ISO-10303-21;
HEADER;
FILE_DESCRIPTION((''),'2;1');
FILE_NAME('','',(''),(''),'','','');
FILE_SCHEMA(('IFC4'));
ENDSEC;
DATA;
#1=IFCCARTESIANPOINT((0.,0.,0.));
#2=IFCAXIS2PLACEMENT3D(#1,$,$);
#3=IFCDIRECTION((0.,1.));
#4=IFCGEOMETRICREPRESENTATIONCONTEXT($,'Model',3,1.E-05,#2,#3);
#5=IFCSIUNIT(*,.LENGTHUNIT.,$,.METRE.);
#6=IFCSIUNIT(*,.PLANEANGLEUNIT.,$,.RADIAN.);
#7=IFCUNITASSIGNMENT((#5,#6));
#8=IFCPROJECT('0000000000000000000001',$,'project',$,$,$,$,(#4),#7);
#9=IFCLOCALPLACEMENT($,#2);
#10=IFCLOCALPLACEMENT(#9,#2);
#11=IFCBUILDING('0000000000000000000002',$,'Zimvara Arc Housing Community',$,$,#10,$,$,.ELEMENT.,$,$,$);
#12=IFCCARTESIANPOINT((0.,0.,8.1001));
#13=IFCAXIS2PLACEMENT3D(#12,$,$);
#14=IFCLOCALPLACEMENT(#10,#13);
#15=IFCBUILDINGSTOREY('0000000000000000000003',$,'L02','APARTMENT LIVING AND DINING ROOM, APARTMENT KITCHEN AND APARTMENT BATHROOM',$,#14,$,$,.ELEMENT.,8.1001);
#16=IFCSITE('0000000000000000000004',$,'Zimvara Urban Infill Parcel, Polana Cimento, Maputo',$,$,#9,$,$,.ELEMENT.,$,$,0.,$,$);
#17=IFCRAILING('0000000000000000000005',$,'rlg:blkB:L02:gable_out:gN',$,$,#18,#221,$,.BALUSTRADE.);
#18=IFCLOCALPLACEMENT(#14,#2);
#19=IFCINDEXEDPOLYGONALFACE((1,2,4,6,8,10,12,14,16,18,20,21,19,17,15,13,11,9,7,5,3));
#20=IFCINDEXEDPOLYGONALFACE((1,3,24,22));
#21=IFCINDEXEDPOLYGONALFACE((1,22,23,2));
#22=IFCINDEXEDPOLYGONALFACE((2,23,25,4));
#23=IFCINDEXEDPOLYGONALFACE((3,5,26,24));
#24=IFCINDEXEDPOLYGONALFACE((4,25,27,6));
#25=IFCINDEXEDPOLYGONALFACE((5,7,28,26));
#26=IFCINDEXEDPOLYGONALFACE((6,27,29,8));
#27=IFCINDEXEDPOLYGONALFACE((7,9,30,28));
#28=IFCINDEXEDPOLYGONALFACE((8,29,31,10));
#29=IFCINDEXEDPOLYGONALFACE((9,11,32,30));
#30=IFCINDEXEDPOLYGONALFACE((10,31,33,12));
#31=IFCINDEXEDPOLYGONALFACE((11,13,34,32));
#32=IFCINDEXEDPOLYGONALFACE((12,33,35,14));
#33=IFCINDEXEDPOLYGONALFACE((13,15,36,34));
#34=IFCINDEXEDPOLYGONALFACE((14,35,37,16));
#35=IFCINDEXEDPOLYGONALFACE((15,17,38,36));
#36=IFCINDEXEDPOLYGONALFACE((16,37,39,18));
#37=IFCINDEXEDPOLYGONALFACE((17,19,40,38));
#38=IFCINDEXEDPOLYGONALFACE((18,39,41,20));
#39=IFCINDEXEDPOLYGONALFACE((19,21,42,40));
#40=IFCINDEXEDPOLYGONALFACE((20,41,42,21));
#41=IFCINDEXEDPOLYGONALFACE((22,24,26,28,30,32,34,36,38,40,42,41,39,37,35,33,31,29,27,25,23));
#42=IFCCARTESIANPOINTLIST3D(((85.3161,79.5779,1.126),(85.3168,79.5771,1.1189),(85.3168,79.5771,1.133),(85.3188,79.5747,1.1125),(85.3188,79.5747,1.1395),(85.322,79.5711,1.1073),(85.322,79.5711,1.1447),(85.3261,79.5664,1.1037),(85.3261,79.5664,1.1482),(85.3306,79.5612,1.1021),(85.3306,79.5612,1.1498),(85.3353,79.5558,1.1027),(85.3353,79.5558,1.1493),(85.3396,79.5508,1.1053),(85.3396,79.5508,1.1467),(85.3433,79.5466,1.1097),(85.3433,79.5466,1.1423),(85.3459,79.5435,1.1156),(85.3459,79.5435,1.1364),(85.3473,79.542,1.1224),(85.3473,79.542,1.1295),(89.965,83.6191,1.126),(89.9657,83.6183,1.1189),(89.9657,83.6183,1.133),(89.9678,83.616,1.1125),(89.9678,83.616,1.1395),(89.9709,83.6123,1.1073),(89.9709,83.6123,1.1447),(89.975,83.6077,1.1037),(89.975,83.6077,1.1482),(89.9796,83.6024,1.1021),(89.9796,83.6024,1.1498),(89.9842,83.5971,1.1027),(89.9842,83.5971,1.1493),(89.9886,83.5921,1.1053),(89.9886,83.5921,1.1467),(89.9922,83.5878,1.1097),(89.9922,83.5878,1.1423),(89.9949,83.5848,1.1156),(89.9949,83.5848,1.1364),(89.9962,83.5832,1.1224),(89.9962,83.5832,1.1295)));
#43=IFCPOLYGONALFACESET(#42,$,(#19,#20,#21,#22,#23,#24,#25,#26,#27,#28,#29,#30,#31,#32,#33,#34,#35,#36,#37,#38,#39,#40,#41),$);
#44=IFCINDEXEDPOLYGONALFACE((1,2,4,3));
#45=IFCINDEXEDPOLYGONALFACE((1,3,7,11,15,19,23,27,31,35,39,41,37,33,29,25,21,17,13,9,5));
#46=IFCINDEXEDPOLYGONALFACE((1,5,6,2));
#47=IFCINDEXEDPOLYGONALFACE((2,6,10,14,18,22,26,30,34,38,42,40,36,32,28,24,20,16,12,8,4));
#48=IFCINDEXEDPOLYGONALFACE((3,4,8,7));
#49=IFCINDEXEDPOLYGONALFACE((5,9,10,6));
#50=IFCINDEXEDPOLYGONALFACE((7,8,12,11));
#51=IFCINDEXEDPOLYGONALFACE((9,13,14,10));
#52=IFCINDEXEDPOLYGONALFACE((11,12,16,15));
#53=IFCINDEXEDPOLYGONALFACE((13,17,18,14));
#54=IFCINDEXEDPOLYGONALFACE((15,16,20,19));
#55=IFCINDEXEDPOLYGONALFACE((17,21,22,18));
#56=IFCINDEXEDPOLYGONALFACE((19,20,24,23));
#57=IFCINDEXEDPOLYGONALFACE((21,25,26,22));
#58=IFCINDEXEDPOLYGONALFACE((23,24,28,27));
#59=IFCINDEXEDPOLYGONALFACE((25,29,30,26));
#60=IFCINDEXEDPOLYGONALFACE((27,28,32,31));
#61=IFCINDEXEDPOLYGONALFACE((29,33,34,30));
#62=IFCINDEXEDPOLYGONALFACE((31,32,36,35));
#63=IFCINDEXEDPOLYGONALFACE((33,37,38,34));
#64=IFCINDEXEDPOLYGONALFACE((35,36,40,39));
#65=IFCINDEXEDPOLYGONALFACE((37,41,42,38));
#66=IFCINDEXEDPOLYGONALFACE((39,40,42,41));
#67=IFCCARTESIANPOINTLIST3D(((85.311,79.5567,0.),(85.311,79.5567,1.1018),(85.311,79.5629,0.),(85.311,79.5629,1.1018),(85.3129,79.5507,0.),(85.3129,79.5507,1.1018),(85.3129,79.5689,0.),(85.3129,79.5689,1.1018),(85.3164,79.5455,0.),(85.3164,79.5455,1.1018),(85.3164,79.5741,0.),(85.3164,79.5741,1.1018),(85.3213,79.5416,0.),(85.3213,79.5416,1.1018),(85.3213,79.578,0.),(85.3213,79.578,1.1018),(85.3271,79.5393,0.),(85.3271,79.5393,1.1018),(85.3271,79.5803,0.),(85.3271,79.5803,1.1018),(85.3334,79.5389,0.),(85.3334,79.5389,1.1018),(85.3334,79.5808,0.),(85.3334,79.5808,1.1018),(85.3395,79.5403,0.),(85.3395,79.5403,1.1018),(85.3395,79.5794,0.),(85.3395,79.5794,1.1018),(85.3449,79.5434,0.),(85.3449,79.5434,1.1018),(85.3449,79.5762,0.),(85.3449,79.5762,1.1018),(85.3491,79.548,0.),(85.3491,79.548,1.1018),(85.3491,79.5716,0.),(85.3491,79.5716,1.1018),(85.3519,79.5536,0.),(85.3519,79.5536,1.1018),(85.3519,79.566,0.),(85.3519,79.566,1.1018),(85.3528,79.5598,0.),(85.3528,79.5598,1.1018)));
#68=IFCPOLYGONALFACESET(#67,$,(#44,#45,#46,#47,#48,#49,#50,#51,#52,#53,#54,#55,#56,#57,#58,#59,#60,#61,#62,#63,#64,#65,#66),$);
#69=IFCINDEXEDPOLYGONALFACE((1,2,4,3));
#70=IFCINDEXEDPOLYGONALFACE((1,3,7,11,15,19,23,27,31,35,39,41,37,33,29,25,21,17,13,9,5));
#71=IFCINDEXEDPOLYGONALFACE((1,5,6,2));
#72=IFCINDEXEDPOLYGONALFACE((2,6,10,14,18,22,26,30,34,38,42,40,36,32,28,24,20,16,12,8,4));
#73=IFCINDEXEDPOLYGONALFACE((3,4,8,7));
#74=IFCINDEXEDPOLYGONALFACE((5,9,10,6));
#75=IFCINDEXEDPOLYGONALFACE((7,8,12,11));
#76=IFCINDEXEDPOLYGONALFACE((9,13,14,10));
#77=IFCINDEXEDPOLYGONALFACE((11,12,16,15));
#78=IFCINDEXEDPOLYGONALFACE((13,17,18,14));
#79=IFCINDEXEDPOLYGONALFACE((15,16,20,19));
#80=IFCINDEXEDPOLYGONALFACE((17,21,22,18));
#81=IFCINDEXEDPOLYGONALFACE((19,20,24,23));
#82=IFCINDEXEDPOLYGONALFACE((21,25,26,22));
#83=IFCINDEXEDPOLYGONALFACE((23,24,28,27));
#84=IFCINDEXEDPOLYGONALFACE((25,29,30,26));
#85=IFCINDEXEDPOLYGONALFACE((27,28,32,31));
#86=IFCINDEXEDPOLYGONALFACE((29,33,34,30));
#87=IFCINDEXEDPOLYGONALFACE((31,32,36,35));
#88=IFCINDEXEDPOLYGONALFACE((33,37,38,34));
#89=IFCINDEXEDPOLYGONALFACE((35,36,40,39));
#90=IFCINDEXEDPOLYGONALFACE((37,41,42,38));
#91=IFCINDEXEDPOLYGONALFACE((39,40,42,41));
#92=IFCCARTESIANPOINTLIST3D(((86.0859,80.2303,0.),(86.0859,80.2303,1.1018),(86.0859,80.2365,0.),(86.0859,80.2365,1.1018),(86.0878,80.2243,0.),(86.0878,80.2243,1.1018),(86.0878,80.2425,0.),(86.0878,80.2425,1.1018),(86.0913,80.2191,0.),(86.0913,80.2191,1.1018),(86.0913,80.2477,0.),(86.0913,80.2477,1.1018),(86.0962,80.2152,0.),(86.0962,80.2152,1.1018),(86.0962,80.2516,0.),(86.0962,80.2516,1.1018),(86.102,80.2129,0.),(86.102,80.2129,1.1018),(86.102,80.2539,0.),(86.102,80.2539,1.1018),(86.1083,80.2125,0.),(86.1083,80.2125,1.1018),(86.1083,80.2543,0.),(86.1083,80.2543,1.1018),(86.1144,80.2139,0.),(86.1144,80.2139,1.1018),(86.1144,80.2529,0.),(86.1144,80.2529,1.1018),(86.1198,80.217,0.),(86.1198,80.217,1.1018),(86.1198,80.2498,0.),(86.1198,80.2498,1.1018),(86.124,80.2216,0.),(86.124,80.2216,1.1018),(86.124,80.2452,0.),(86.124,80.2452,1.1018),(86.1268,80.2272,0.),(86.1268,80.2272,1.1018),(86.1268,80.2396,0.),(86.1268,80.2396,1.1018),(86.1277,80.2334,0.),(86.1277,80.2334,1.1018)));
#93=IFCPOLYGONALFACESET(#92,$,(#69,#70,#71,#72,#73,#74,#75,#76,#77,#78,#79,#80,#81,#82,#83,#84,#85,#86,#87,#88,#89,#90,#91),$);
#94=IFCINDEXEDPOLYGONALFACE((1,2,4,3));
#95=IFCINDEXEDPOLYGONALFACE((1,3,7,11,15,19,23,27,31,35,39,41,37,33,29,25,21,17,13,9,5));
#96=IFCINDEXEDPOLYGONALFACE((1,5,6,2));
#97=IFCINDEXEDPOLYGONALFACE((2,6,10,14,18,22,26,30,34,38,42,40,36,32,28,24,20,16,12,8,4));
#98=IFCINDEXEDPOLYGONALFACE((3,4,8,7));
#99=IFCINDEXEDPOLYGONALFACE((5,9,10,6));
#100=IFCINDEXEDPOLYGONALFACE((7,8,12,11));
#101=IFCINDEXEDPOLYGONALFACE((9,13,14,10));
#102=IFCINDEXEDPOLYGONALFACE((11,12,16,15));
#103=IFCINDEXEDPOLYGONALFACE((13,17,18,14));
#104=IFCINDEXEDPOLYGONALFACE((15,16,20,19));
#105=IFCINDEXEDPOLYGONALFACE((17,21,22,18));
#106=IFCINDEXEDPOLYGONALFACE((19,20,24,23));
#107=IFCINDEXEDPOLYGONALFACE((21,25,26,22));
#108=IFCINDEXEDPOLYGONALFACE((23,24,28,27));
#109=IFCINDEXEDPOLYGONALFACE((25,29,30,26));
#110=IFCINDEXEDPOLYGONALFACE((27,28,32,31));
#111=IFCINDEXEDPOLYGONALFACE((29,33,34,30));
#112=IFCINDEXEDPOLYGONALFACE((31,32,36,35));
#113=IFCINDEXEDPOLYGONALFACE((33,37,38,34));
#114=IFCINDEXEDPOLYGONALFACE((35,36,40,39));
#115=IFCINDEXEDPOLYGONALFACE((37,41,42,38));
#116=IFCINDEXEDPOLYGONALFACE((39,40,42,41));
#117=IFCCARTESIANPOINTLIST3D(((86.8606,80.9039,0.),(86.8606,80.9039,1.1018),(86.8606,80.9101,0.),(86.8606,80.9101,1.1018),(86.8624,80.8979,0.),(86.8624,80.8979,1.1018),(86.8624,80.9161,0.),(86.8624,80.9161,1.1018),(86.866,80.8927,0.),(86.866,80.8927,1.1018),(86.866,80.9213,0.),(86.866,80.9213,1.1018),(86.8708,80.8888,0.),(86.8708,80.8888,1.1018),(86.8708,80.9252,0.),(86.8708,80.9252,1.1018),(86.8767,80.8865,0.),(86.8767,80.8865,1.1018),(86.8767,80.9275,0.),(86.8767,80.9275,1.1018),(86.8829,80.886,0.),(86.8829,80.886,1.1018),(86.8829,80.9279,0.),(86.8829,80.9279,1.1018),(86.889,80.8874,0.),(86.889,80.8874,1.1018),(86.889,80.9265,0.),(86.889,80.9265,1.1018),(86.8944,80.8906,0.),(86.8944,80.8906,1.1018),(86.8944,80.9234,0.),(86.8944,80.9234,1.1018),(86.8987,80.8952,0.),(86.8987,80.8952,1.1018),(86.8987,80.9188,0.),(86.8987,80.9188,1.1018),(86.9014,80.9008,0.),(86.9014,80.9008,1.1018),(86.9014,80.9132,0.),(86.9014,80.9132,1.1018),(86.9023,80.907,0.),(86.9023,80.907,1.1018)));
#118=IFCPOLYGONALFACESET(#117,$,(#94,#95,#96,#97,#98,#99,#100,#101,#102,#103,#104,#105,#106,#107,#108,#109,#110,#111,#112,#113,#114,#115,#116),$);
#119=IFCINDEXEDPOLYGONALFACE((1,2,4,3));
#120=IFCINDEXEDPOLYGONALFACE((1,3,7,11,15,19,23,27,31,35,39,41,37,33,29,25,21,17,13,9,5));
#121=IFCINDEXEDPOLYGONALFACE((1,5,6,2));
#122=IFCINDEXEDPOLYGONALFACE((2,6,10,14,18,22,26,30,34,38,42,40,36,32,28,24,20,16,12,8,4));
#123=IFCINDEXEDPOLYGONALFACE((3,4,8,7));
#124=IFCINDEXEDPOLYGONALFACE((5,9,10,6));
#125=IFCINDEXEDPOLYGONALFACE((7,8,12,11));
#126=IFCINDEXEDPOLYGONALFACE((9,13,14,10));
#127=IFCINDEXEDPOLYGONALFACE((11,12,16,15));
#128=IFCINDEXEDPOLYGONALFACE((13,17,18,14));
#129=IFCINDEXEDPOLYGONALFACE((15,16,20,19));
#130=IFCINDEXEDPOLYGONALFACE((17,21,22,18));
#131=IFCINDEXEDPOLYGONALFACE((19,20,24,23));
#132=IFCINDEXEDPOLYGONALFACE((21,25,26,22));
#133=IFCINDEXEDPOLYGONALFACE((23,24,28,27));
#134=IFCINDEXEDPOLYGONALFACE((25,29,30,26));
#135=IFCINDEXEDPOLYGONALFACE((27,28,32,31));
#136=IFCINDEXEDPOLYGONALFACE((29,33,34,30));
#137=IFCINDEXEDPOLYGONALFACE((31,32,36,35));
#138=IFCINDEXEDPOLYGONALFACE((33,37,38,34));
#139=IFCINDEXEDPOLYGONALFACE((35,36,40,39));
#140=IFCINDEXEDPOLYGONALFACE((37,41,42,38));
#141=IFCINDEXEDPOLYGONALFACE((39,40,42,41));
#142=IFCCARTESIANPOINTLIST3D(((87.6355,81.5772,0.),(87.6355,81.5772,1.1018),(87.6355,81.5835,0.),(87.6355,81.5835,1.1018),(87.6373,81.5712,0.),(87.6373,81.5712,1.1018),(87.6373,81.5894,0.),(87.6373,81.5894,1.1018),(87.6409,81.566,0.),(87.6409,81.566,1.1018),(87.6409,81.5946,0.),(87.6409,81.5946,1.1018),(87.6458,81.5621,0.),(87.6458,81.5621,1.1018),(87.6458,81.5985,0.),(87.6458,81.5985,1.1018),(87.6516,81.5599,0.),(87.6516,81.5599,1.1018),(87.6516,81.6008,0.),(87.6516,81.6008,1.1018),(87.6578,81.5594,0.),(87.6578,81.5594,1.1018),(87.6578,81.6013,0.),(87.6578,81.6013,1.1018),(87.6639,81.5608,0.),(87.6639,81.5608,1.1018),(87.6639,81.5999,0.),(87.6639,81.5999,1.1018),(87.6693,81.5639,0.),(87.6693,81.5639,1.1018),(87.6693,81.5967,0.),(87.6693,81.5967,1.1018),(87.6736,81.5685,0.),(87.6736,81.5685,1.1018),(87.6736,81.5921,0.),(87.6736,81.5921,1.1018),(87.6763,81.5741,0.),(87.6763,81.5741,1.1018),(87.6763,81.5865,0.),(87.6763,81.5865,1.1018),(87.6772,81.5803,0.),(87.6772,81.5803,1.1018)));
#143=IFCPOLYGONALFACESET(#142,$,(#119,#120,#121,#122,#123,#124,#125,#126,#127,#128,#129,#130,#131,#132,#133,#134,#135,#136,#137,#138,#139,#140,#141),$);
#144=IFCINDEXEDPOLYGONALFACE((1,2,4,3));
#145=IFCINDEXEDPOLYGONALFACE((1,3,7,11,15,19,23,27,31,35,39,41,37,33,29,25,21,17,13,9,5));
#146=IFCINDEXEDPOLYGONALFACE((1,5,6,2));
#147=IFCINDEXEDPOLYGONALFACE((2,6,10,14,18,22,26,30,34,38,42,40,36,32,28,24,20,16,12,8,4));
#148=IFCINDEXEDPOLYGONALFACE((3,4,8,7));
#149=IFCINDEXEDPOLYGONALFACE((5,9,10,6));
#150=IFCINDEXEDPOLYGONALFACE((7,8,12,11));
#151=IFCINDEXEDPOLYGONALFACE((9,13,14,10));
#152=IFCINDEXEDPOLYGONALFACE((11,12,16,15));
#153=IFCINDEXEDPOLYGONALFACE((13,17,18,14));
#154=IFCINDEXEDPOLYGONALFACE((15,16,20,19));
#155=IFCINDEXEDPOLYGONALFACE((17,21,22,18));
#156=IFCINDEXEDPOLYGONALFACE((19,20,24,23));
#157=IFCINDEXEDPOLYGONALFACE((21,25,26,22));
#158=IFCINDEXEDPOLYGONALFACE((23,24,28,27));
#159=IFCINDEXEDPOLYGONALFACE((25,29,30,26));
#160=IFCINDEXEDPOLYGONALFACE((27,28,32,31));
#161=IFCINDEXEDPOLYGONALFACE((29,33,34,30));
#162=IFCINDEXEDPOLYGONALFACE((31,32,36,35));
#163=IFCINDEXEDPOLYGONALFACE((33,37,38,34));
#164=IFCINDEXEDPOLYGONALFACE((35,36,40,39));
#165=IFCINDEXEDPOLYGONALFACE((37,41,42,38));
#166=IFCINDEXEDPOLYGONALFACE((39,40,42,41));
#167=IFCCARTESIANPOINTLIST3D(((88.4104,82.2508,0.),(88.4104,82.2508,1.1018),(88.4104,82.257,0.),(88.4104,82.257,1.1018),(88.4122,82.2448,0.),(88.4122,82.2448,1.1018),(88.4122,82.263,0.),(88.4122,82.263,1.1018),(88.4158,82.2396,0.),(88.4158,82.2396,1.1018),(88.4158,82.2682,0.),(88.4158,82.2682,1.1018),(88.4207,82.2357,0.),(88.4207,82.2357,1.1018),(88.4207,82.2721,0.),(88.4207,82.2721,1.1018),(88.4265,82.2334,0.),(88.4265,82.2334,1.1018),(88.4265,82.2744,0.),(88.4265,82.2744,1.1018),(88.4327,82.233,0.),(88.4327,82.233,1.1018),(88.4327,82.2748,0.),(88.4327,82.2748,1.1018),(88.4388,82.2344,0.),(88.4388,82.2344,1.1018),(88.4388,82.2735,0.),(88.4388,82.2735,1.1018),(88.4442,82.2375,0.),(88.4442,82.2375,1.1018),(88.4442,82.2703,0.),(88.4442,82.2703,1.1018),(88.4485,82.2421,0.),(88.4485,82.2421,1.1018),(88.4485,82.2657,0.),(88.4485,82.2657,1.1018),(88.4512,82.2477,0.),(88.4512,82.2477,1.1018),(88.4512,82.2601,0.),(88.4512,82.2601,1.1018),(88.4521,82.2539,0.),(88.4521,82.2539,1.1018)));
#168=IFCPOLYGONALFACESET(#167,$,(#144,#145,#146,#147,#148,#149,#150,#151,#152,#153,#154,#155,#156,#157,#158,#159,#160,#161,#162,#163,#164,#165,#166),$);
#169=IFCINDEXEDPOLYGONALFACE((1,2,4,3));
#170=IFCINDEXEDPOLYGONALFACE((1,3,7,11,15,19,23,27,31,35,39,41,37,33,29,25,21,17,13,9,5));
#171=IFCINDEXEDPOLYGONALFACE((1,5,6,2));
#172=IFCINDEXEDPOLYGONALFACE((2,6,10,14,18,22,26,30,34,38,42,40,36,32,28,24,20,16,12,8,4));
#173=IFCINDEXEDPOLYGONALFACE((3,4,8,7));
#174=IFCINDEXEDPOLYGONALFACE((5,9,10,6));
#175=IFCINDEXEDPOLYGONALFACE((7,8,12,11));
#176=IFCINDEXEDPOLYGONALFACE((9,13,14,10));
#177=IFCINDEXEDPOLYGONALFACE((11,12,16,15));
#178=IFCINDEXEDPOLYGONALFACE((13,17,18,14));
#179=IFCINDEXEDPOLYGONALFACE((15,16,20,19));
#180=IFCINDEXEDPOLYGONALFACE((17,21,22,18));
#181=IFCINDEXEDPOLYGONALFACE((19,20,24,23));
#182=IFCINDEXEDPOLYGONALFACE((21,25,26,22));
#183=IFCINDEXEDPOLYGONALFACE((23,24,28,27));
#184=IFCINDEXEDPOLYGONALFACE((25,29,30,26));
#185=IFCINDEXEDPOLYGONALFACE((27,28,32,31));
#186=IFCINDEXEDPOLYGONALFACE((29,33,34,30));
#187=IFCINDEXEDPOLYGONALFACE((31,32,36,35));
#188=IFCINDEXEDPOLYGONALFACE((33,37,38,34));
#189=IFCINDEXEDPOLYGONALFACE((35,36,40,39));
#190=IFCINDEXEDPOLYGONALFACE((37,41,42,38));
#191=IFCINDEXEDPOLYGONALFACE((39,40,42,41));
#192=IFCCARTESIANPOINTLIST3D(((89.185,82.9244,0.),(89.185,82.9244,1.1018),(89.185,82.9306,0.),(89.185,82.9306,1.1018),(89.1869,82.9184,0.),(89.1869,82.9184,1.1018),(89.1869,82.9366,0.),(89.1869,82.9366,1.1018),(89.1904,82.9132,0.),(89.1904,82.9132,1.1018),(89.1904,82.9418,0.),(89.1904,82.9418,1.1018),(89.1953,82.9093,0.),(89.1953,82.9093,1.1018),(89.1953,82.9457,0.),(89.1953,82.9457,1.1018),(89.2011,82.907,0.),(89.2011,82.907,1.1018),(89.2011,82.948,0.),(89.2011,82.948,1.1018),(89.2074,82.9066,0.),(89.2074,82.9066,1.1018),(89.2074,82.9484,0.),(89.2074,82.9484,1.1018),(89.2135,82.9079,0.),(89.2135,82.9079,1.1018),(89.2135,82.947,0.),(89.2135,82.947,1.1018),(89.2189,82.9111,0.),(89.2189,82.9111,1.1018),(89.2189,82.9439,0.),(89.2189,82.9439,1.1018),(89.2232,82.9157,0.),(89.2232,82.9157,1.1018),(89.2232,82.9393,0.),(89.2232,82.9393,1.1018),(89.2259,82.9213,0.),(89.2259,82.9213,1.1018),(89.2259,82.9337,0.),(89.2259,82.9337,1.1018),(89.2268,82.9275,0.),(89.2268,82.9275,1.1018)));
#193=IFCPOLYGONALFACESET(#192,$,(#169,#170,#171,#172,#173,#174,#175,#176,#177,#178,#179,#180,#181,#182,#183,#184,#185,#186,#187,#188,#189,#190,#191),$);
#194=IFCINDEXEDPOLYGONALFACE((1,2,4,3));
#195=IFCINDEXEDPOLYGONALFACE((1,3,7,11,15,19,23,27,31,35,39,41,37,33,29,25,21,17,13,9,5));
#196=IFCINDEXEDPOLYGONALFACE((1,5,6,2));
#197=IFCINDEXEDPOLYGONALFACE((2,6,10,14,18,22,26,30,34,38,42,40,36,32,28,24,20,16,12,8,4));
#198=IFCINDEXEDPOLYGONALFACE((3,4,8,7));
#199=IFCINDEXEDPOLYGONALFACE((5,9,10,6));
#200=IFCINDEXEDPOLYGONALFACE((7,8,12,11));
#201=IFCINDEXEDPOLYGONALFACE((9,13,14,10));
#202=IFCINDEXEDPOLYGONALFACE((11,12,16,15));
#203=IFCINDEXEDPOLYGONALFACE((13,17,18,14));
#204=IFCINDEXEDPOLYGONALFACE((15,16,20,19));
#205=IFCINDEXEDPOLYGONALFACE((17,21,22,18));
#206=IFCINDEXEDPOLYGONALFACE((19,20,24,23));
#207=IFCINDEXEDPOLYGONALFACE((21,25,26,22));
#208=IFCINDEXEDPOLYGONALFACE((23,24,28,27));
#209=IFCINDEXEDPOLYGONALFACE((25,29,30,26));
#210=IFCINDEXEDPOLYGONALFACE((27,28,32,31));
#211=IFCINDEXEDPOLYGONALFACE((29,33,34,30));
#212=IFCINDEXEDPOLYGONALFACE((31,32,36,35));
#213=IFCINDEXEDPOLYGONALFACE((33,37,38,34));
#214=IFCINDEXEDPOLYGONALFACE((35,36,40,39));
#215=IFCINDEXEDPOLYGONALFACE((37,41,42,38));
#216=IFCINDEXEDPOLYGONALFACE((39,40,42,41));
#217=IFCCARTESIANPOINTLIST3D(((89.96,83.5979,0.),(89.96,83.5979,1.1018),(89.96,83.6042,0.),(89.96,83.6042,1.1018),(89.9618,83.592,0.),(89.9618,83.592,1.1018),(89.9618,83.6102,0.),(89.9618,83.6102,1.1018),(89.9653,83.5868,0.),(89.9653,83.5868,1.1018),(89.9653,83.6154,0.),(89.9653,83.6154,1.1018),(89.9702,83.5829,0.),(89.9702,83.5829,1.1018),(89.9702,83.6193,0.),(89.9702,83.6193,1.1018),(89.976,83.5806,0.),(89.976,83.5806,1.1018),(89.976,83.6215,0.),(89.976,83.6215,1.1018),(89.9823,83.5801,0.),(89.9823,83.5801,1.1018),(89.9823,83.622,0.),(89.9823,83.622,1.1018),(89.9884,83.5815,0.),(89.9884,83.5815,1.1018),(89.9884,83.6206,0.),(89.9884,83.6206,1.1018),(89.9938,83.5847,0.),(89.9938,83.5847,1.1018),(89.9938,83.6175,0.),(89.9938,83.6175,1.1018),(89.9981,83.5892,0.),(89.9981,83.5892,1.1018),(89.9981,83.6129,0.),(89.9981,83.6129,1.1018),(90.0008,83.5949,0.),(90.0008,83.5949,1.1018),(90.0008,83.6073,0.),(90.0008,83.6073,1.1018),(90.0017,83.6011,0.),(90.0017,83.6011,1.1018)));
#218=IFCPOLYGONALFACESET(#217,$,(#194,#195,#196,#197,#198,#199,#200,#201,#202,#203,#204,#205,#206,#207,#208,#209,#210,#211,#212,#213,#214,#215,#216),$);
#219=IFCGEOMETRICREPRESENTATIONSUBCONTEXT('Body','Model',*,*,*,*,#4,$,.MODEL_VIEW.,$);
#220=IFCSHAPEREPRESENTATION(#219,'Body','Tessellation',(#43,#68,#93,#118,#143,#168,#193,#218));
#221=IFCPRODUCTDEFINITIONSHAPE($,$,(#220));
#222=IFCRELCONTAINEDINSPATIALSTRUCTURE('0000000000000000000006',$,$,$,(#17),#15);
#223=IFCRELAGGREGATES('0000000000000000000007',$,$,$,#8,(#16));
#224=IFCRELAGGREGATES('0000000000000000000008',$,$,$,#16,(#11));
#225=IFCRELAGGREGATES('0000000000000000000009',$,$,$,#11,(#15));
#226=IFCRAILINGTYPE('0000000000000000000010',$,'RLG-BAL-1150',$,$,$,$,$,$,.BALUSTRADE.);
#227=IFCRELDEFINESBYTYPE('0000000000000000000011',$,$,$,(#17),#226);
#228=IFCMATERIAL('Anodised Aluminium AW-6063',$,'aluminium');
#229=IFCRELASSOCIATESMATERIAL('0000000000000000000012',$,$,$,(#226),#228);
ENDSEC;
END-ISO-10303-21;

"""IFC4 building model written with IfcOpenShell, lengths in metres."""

from ifc_helpers import new_model, si_unit, direction, frame, origin, origin_2d, place, context, subcontext, project, spatial, circle, extrude, material, type_object, element, save


model = new_model("IFC4")

# Units and contexts
model_context = context("Model", 3, precision=1e-05, world=origin(), true_north=direction((0.0, 1.0)))
body_context = subcontext(model_context, "Body", "Model", "MODEL_VIEW")
ifc_project = project(units=[si_unit("LENGTHUNIT", "METRE"), si_unit("PLANEANGLEUNIT", "RADIAN")], contexts=[model_context])

# Site, building, storey
site_placement = place(None, origin())
site = spatial("IfcSite", under=ifc_project, at=site_placement, Name="Zimvara Urban Infill Parcel, Polana Cimento, Maputo", CompositionType="ELEMENT", RefElevation=0.0)
building_placement = place(site_placement, origin())
building = spatial("IfcBuilding", under=site, at=building_placement, Name="Zimvara Arc Housing Community", CompositionType="ELEMENT")
storey_placement = place(building_placement, frame((0.0, 0.0, 8.1001)))
storey = spatial("IfcBuildingStorey", under=building, at=storey_placement, Name="L02", Description="APARTMENT LIVING AND DINING ROOM, APARTMENT KITCHEN AND APARTMENT BATHROOM", CompositionType="ELEMENT", Elevation=8.1001)

# Railing
ifc_material_1 = material(Name="Anodised Aluminium AW-6063", Category="aluminium")
railing_type = type_object("IfcRailingType", Name="RLG-BAL-1150", PredefinedType="BALUSTRADE", material=ifc_material_1)
railing_1_placement = place(storey_placement, frame((85.3318, 79.5598, 0.0)))
element("IfcRailing", 1, at=railing_1_placement, inside=storey, type_object=railing_type, Name="rlg:blkB:L02:gable_out:gN", PredefinedType="BALUSTRADE", context=body_context, shape_type="SweptSolid", body=[
    extrude(circle(Radius=0.0239, at=origin_2d()), frame((0.0, 0.0, 1.126), z_axis=(0.754709, 0.65606, 0.0), x_axis=(-0.65606, 0.754709, 0.0)), (0.0, 0.0, 1.0), 6.1599),
    extrude(circle(Radius=0.021, at=origin_2d()), origin(), (0.0, 0.0, 1.0), 1.1018),
    extrude(circle(Radius=0.021, at=origin_2d()), frame((0.7749, 0.6736, 0.0)), (0.0, 0.0, 1.0), 1.1018),
    extrude(circle(Radius=0.021, at=origin_2d()), frame((1.5496, 1.3472, 0.0)), (0.0, 0.0, 1.0), 1.1018),
    extrude(circle(Radius=0.021, at=origin_2d()), frame((2.3245, 2.0205, 0.0)), (0.0, 0.0, 1.0), 1.1018),
    extrude(circle(Radius=0.021, at=origin_2d()), frame((3.0994, 2.6941, 0.0)), (0.0, 0.0, 1.0), 1.1018),
    extrude(circle(Radius=0.021, at=origin_2d()), frame((3.874, 3.3677, 0.0)), (0.0, 0.0, 1.0), 1.1018),
    extrude(circle(Radius=0.021, at=origin_2d()), frame((4.6489, 4.0413, 0.0)), (0.0, 0.0, 1.0), 1.1018),
])

save(model, "model.ifc")
